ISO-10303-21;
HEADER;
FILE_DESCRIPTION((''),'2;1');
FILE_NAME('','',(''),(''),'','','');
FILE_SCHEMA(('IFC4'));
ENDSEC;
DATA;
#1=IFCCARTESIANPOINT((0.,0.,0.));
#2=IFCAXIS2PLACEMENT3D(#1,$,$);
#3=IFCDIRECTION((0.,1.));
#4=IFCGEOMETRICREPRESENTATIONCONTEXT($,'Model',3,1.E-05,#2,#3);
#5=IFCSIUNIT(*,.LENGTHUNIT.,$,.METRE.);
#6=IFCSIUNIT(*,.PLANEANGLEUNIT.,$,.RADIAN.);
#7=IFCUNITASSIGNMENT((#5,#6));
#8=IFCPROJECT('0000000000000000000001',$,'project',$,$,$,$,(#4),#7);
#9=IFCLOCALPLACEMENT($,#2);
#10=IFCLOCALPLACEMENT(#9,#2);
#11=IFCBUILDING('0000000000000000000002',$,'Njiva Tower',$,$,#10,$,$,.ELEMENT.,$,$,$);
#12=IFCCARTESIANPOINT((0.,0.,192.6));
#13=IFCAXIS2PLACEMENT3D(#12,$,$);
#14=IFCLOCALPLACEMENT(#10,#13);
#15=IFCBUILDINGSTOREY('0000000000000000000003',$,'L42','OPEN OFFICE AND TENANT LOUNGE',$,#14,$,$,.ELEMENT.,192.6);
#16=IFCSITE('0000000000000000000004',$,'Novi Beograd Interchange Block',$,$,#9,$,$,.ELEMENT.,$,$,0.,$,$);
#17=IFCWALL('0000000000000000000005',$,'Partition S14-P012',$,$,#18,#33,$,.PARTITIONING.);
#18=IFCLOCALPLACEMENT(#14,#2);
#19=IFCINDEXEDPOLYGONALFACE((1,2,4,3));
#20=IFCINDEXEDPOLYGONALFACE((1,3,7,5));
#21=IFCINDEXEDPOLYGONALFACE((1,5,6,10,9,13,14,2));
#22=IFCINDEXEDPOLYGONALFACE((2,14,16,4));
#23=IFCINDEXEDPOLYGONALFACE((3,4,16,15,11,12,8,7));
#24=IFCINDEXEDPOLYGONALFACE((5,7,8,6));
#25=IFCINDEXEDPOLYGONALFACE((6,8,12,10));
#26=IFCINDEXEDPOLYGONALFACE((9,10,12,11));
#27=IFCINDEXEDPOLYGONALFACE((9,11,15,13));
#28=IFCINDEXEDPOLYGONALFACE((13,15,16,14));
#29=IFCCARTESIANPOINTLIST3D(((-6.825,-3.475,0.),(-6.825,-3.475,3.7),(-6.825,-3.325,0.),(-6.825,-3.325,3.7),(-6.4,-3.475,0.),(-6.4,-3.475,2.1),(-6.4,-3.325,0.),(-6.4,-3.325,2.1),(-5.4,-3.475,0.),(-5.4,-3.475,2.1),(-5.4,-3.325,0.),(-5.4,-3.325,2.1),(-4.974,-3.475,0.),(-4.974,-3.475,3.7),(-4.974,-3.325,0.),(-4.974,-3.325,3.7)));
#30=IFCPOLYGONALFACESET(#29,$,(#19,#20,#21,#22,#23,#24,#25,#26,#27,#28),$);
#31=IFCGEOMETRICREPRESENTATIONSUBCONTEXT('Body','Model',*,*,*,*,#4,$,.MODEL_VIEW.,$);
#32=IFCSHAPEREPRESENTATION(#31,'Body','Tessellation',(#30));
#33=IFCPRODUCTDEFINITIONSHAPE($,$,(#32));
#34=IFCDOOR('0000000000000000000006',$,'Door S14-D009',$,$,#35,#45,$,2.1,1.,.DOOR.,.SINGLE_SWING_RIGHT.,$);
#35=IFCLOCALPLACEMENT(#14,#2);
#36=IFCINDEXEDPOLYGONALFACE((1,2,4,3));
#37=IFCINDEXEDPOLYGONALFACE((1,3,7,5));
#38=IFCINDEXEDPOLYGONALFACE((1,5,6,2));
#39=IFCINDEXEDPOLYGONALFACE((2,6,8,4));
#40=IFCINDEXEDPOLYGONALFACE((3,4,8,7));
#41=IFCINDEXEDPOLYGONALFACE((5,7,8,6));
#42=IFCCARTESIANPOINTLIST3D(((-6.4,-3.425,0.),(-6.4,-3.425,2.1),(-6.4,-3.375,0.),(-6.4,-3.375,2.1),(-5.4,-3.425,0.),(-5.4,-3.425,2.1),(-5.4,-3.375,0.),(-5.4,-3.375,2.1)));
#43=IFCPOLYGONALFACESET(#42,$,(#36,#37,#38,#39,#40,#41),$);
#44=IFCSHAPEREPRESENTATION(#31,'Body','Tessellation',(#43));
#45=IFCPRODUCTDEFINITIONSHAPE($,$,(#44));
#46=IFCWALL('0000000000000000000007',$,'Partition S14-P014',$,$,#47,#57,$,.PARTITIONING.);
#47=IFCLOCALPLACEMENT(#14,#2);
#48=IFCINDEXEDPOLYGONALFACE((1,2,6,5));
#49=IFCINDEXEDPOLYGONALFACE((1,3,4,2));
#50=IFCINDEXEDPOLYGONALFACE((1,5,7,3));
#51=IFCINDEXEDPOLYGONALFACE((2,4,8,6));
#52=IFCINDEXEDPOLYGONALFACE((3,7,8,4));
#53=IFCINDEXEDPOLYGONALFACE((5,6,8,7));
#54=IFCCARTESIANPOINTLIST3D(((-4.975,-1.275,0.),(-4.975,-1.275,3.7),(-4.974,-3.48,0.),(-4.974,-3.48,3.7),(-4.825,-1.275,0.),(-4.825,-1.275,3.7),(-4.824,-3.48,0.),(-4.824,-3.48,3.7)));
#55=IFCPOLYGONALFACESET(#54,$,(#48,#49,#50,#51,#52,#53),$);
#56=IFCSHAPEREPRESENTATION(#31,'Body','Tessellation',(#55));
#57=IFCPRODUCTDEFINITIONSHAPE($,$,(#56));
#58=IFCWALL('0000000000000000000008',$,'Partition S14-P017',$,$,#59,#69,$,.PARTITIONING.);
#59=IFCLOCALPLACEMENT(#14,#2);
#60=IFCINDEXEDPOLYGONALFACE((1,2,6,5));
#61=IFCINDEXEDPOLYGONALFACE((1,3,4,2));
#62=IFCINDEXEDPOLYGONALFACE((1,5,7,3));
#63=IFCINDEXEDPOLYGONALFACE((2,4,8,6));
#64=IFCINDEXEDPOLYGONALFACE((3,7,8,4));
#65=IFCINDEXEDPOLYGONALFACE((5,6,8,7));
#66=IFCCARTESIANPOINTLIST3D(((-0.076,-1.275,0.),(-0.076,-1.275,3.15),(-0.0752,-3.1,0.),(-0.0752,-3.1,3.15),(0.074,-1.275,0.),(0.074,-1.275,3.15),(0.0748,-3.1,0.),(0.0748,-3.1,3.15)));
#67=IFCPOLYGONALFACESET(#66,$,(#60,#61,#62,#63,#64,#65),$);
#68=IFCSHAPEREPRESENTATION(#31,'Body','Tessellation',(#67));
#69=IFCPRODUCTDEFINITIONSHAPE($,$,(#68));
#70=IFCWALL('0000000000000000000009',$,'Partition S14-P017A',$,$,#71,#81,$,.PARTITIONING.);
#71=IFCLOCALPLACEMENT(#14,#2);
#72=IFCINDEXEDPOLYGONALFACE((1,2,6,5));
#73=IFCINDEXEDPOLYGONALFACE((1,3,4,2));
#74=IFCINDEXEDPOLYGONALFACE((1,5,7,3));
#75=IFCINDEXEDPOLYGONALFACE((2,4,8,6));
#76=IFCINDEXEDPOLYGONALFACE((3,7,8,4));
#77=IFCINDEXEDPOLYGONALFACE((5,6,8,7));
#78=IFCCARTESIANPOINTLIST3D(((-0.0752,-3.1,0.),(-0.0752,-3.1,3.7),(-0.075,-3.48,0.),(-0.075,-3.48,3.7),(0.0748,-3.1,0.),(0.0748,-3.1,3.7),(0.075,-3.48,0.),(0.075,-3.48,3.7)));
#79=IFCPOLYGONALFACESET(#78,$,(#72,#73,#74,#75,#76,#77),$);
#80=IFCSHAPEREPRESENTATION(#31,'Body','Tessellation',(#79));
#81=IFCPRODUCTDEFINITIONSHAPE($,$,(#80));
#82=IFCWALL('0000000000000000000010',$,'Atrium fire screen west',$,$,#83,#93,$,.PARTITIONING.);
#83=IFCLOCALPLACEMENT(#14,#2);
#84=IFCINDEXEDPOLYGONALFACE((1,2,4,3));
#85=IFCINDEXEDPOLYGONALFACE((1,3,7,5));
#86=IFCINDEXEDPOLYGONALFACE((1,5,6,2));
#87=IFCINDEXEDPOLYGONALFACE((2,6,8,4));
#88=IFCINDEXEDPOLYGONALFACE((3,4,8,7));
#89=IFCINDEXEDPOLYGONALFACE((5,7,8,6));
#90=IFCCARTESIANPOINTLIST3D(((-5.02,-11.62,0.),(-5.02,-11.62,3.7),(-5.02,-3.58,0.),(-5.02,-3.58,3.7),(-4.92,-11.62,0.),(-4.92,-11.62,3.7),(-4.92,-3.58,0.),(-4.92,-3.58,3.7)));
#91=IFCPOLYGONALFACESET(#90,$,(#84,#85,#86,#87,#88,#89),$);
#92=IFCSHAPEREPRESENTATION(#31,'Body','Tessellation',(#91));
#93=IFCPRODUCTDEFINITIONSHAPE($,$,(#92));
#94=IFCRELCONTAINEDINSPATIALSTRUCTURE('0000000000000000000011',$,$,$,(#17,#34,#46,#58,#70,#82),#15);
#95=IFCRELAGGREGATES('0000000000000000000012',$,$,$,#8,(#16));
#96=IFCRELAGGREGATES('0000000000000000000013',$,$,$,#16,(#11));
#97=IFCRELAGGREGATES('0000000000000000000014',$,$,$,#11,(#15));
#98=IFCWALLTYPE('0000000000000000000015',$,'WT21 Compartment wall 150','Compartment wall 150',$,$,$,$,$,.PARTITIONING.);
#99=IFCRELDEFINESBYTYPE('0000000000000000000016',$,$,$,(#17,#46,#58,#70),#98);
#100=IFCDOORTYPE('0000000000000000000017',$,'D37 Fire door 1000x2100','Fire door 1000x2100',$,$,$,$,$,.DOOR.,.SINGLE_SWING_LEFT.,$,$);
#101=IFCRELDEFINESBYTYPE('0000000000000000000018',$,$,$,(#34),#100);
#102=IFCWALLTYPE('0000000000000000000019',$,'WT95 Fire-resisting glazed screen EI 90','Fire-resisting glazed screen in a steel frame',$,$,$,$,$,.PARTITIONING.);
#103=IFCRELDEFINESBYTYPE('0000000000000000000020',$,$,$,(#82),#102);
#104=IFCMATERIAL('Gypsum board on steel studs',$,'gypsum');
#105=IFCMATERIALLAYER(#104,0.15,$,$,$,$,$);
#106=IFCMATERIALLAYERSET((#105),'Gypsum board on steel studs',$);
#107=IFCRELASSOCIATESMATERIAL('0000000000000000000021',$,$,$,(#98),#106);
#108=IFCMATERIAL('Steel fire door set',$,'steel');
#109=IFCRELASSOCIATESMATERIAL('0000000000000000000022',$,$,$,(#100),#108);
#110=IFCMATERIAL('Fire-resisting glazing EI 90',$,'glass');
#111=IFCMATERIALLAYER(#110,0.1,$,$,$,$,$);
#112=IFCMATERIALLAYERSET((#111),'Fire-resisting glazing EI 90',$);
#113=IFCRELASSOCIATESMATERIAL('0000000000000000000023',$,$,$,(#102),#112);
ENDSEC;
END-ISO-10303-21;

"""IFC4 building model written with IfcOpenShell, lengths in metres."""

from ifc_helpers import new_model, si_unit, direction, frame, frame_2d, origin, place, context, subcontext, project, spatial, rectangle, extrude, material, layer, layer_set, type_object, element, fill, save


model = new_model("IFC4")

# Units and contexts
model_context = context("Model", 3, precision=1e-05, world=origin(), true_north=direction((0.0, 1.0)))
body_context = subcontext(model_context, "Body", "Model", "MODEL_VIEW")
ifc_project = project(units=[si_unit("LENGTHUNIT", "METRE"), si_unit("PLANEANGLEUNIT", "RADIAN")], contexts=[model_context])

# Site, building, storey
site_placement = place(None, origin())
site = spatial("IfcSite", under=ifc_project, at=site_placement, Name="Novi Beograd Interchange Block", CompositionType="ELEMENT", RefElevation=0.0)
building_placement = place(site_placement, origin())
building = spatial("IfcBuilding", under=site, at=building_placement, Name="Njiva Tower", CompositionType="ELEMENT")
storey_placement = place(building_placement, frame((0.0, 0.0, 192.6)))
storey = spatial("IfcBuildingStorey", under=building, at=storey_placement, Name="L42", Description="OPEN OFFICE AND TENANT LOUNGE", CompositionType="ELEMENT", Elevation=192.6)

# Shared definitions
ifc_material_1 = material(Name="Gypsum board on steel studs", Category="gypsum")
ifc_layer_1 = layer(ifc_material_1, 0.15)
ifc_layer_set_1 = layer_set([ifc_layer_1], Name="Gypsum board on steel studs")
wall_type_1 = type_object("IfcWallType", Name="WT21 Compartment wall 150", Description="Compartment wall 150", PredefinedType="PARTITIONING", material=ifc_layer_set_1)

# Shared definitions
ifc_material_2 = material(Name="Steel fire door set", Category="steel")
door_type = type_object("IfcDoorType", Name="D37 Fire door 1000x2100", Description="Fire door 1000x2100", OperationType="SINGLE_SWING_LEFT", PredefinedType="DOOR", material=ifc_material_2)

# Wall, opening, door
wall_1_placement = place(storey_placement, frame((-6.825, -3.4, 0.0), z_axis=(0.0, 0.0, 1.0), x_axis=(1.0, 0.0, 0.0)))
wall_1 = element("IfcWall", 1, at=wall_1_placement, inside=storey, type_object=wall_type_1, Name="Partition S14-P012", PredefinedType="PARTITIONING", context=body_context, shape_type="SweptSolid", body=[
    extrude(rectangle(XDim=1.851, YDim=0.15, at=frame_2d((0.9255, 0.0))), origin(), (0.0, 0.0, 1.0), 3.7),
])
opening_1_placement = place(wall_1_placement, frame((0.425, 0.0, 0.0)))
opening_1 = element("IfcOpeningElement", 2, at=opening_1_placement, cuts=wall_1, PredefinedType="OPENING", context=body_context, shape_type="SweptSolid", body=[
    extrude(rectangle(XDim=1.0, YDim=2.1, at=frame_2d((0.5, 1.05))), frame((0.0, 0.085, 0.0), z_axis=(0.0, -1.0, 0.0), x_axis=(1.0, 0.0, 0.0)), (0.0, 0.0, 1.0), 0.17),
])
door_1_placement = place(opening_1_placement, origin())
door_1 = element("IfcDoor", 3, at=door_1_placement, inside=storey, type_object=door_type, Name="Door S14-D009", OperationType="SINGLE_SWING_RIGHT", OverallHeight=2.1, OverallWidth=1.0, PredefinedType="DOOR", context=body_context, shape_type="SweptSolid", body=[
    extrude(rectangle(XDim=1.0, YDim=2.1, at=frame_2d((0.5, 1.05))), frame((0.0, 0.025, 0.0), z_axis=(0.0, -1.0, 0.0), x_axis=(1.0, 0.0, 0.0)), (0.0, 0.0, 1.0), 0.05),
])
fill(opening_1, door_1)

# Walls
wall_2_placement = place(storey_placement, frame((-4.899, -3.48, 0.0), z_axis=(0.0, 0.0, 1.0), x_axis=(-0.000454, 1.0, 0.0)))
element("IfcWall", 4, at=wall_2_placement, inside=storey, type_object=wall_type_1, Name="Partition S14-P014", PredefinedType="PARTITIONING", context=body_context, shape_type="SweptSolid", body=[
    extrude(rectangle(XDim=2.205, YDim=0.15, at=frame_2d((1.1025, 0.0))), origin(), (0.0, 0.0, 1.0), 3.7),
])
wall_3_placement = place(storey_placement, frame((-0.001, -1.275, 0.0), z_axis=(0.0, 0.0, 1.0), x_axis=(0.000438, -1.0, 0.0)))
element("IfcWall", 5, at=wall_3_placement, inside=storey, type_object=wall_type_1, Name="Partition S14-P017", PredefinedType="PARTITIONING", context=body_context, shape_type="SweptSolid", body=[
    extrude(rectangle(XDim=1.825, YDim=0.15, at=frame_2d((0.9125, 0.0))), origin(), (0.0, 0.0, 1.0), 3.15),
])
wall_4_placement = place(storey_placement, frame((-0.0002, -3.1, 0.0), z_axis=(0.0, 0.0, 1.0), x_axis=(0.000526, -1.0, 0.0)))
element("IfcWall", 6, at=wall_4_placement, inside=storey, type_object=wall_type_1, Name="Partition S14-P017A", PredefinedType="PARTITIONING", context=body_context, shape_type="SweptSolid", body=[
    extrude(rectangle(XDim=0.38, YDim=0.15, at=frame_2d((0.19, 0.0))), origin(), (0.0, 0.0, 1.0), 3.7),
])
ifc_material_3 = material(Name="Fire-resisting glazing EI 90", Category="glass")
ifc_layer_2 = layer(ifc_material_3, 0.1)
ifc_layer_set_2 = layer_set([ifc_layer_2], Name="Fire-resisting glazing EI 90")
wall_type_2 = type_object("IfcWallType", Name="WT95 Fire-resisting glazed screen EI 90", Description="Fire-resisting glazed screen in a steel frame", PredefinedType="PARTITIONING", material=ifc_layer_set_2)
wall_5_placement = place(storey_placement, frame((-4.97, -3.58, 0.0), z_axis=(0.0, 0.0, 1.0), x_axis=(0.0, -1.0, 0.0)))
element("IfcWall", 7, at=wall_5_placement, inside=storey, type_object=wall_type_2, Name="Atrium fire screen west", PredefinedType="PARTITIONING", context=body_context, shape_type="SweptSolid", body=[
    extrude(rectangle(XDim=8.04, YDim=0.1, at=frame_2d((4.02, 0.0))), origin(), (0.0, 0.0, 1.0), 3.7),
])

save(model, "model.ifc")
